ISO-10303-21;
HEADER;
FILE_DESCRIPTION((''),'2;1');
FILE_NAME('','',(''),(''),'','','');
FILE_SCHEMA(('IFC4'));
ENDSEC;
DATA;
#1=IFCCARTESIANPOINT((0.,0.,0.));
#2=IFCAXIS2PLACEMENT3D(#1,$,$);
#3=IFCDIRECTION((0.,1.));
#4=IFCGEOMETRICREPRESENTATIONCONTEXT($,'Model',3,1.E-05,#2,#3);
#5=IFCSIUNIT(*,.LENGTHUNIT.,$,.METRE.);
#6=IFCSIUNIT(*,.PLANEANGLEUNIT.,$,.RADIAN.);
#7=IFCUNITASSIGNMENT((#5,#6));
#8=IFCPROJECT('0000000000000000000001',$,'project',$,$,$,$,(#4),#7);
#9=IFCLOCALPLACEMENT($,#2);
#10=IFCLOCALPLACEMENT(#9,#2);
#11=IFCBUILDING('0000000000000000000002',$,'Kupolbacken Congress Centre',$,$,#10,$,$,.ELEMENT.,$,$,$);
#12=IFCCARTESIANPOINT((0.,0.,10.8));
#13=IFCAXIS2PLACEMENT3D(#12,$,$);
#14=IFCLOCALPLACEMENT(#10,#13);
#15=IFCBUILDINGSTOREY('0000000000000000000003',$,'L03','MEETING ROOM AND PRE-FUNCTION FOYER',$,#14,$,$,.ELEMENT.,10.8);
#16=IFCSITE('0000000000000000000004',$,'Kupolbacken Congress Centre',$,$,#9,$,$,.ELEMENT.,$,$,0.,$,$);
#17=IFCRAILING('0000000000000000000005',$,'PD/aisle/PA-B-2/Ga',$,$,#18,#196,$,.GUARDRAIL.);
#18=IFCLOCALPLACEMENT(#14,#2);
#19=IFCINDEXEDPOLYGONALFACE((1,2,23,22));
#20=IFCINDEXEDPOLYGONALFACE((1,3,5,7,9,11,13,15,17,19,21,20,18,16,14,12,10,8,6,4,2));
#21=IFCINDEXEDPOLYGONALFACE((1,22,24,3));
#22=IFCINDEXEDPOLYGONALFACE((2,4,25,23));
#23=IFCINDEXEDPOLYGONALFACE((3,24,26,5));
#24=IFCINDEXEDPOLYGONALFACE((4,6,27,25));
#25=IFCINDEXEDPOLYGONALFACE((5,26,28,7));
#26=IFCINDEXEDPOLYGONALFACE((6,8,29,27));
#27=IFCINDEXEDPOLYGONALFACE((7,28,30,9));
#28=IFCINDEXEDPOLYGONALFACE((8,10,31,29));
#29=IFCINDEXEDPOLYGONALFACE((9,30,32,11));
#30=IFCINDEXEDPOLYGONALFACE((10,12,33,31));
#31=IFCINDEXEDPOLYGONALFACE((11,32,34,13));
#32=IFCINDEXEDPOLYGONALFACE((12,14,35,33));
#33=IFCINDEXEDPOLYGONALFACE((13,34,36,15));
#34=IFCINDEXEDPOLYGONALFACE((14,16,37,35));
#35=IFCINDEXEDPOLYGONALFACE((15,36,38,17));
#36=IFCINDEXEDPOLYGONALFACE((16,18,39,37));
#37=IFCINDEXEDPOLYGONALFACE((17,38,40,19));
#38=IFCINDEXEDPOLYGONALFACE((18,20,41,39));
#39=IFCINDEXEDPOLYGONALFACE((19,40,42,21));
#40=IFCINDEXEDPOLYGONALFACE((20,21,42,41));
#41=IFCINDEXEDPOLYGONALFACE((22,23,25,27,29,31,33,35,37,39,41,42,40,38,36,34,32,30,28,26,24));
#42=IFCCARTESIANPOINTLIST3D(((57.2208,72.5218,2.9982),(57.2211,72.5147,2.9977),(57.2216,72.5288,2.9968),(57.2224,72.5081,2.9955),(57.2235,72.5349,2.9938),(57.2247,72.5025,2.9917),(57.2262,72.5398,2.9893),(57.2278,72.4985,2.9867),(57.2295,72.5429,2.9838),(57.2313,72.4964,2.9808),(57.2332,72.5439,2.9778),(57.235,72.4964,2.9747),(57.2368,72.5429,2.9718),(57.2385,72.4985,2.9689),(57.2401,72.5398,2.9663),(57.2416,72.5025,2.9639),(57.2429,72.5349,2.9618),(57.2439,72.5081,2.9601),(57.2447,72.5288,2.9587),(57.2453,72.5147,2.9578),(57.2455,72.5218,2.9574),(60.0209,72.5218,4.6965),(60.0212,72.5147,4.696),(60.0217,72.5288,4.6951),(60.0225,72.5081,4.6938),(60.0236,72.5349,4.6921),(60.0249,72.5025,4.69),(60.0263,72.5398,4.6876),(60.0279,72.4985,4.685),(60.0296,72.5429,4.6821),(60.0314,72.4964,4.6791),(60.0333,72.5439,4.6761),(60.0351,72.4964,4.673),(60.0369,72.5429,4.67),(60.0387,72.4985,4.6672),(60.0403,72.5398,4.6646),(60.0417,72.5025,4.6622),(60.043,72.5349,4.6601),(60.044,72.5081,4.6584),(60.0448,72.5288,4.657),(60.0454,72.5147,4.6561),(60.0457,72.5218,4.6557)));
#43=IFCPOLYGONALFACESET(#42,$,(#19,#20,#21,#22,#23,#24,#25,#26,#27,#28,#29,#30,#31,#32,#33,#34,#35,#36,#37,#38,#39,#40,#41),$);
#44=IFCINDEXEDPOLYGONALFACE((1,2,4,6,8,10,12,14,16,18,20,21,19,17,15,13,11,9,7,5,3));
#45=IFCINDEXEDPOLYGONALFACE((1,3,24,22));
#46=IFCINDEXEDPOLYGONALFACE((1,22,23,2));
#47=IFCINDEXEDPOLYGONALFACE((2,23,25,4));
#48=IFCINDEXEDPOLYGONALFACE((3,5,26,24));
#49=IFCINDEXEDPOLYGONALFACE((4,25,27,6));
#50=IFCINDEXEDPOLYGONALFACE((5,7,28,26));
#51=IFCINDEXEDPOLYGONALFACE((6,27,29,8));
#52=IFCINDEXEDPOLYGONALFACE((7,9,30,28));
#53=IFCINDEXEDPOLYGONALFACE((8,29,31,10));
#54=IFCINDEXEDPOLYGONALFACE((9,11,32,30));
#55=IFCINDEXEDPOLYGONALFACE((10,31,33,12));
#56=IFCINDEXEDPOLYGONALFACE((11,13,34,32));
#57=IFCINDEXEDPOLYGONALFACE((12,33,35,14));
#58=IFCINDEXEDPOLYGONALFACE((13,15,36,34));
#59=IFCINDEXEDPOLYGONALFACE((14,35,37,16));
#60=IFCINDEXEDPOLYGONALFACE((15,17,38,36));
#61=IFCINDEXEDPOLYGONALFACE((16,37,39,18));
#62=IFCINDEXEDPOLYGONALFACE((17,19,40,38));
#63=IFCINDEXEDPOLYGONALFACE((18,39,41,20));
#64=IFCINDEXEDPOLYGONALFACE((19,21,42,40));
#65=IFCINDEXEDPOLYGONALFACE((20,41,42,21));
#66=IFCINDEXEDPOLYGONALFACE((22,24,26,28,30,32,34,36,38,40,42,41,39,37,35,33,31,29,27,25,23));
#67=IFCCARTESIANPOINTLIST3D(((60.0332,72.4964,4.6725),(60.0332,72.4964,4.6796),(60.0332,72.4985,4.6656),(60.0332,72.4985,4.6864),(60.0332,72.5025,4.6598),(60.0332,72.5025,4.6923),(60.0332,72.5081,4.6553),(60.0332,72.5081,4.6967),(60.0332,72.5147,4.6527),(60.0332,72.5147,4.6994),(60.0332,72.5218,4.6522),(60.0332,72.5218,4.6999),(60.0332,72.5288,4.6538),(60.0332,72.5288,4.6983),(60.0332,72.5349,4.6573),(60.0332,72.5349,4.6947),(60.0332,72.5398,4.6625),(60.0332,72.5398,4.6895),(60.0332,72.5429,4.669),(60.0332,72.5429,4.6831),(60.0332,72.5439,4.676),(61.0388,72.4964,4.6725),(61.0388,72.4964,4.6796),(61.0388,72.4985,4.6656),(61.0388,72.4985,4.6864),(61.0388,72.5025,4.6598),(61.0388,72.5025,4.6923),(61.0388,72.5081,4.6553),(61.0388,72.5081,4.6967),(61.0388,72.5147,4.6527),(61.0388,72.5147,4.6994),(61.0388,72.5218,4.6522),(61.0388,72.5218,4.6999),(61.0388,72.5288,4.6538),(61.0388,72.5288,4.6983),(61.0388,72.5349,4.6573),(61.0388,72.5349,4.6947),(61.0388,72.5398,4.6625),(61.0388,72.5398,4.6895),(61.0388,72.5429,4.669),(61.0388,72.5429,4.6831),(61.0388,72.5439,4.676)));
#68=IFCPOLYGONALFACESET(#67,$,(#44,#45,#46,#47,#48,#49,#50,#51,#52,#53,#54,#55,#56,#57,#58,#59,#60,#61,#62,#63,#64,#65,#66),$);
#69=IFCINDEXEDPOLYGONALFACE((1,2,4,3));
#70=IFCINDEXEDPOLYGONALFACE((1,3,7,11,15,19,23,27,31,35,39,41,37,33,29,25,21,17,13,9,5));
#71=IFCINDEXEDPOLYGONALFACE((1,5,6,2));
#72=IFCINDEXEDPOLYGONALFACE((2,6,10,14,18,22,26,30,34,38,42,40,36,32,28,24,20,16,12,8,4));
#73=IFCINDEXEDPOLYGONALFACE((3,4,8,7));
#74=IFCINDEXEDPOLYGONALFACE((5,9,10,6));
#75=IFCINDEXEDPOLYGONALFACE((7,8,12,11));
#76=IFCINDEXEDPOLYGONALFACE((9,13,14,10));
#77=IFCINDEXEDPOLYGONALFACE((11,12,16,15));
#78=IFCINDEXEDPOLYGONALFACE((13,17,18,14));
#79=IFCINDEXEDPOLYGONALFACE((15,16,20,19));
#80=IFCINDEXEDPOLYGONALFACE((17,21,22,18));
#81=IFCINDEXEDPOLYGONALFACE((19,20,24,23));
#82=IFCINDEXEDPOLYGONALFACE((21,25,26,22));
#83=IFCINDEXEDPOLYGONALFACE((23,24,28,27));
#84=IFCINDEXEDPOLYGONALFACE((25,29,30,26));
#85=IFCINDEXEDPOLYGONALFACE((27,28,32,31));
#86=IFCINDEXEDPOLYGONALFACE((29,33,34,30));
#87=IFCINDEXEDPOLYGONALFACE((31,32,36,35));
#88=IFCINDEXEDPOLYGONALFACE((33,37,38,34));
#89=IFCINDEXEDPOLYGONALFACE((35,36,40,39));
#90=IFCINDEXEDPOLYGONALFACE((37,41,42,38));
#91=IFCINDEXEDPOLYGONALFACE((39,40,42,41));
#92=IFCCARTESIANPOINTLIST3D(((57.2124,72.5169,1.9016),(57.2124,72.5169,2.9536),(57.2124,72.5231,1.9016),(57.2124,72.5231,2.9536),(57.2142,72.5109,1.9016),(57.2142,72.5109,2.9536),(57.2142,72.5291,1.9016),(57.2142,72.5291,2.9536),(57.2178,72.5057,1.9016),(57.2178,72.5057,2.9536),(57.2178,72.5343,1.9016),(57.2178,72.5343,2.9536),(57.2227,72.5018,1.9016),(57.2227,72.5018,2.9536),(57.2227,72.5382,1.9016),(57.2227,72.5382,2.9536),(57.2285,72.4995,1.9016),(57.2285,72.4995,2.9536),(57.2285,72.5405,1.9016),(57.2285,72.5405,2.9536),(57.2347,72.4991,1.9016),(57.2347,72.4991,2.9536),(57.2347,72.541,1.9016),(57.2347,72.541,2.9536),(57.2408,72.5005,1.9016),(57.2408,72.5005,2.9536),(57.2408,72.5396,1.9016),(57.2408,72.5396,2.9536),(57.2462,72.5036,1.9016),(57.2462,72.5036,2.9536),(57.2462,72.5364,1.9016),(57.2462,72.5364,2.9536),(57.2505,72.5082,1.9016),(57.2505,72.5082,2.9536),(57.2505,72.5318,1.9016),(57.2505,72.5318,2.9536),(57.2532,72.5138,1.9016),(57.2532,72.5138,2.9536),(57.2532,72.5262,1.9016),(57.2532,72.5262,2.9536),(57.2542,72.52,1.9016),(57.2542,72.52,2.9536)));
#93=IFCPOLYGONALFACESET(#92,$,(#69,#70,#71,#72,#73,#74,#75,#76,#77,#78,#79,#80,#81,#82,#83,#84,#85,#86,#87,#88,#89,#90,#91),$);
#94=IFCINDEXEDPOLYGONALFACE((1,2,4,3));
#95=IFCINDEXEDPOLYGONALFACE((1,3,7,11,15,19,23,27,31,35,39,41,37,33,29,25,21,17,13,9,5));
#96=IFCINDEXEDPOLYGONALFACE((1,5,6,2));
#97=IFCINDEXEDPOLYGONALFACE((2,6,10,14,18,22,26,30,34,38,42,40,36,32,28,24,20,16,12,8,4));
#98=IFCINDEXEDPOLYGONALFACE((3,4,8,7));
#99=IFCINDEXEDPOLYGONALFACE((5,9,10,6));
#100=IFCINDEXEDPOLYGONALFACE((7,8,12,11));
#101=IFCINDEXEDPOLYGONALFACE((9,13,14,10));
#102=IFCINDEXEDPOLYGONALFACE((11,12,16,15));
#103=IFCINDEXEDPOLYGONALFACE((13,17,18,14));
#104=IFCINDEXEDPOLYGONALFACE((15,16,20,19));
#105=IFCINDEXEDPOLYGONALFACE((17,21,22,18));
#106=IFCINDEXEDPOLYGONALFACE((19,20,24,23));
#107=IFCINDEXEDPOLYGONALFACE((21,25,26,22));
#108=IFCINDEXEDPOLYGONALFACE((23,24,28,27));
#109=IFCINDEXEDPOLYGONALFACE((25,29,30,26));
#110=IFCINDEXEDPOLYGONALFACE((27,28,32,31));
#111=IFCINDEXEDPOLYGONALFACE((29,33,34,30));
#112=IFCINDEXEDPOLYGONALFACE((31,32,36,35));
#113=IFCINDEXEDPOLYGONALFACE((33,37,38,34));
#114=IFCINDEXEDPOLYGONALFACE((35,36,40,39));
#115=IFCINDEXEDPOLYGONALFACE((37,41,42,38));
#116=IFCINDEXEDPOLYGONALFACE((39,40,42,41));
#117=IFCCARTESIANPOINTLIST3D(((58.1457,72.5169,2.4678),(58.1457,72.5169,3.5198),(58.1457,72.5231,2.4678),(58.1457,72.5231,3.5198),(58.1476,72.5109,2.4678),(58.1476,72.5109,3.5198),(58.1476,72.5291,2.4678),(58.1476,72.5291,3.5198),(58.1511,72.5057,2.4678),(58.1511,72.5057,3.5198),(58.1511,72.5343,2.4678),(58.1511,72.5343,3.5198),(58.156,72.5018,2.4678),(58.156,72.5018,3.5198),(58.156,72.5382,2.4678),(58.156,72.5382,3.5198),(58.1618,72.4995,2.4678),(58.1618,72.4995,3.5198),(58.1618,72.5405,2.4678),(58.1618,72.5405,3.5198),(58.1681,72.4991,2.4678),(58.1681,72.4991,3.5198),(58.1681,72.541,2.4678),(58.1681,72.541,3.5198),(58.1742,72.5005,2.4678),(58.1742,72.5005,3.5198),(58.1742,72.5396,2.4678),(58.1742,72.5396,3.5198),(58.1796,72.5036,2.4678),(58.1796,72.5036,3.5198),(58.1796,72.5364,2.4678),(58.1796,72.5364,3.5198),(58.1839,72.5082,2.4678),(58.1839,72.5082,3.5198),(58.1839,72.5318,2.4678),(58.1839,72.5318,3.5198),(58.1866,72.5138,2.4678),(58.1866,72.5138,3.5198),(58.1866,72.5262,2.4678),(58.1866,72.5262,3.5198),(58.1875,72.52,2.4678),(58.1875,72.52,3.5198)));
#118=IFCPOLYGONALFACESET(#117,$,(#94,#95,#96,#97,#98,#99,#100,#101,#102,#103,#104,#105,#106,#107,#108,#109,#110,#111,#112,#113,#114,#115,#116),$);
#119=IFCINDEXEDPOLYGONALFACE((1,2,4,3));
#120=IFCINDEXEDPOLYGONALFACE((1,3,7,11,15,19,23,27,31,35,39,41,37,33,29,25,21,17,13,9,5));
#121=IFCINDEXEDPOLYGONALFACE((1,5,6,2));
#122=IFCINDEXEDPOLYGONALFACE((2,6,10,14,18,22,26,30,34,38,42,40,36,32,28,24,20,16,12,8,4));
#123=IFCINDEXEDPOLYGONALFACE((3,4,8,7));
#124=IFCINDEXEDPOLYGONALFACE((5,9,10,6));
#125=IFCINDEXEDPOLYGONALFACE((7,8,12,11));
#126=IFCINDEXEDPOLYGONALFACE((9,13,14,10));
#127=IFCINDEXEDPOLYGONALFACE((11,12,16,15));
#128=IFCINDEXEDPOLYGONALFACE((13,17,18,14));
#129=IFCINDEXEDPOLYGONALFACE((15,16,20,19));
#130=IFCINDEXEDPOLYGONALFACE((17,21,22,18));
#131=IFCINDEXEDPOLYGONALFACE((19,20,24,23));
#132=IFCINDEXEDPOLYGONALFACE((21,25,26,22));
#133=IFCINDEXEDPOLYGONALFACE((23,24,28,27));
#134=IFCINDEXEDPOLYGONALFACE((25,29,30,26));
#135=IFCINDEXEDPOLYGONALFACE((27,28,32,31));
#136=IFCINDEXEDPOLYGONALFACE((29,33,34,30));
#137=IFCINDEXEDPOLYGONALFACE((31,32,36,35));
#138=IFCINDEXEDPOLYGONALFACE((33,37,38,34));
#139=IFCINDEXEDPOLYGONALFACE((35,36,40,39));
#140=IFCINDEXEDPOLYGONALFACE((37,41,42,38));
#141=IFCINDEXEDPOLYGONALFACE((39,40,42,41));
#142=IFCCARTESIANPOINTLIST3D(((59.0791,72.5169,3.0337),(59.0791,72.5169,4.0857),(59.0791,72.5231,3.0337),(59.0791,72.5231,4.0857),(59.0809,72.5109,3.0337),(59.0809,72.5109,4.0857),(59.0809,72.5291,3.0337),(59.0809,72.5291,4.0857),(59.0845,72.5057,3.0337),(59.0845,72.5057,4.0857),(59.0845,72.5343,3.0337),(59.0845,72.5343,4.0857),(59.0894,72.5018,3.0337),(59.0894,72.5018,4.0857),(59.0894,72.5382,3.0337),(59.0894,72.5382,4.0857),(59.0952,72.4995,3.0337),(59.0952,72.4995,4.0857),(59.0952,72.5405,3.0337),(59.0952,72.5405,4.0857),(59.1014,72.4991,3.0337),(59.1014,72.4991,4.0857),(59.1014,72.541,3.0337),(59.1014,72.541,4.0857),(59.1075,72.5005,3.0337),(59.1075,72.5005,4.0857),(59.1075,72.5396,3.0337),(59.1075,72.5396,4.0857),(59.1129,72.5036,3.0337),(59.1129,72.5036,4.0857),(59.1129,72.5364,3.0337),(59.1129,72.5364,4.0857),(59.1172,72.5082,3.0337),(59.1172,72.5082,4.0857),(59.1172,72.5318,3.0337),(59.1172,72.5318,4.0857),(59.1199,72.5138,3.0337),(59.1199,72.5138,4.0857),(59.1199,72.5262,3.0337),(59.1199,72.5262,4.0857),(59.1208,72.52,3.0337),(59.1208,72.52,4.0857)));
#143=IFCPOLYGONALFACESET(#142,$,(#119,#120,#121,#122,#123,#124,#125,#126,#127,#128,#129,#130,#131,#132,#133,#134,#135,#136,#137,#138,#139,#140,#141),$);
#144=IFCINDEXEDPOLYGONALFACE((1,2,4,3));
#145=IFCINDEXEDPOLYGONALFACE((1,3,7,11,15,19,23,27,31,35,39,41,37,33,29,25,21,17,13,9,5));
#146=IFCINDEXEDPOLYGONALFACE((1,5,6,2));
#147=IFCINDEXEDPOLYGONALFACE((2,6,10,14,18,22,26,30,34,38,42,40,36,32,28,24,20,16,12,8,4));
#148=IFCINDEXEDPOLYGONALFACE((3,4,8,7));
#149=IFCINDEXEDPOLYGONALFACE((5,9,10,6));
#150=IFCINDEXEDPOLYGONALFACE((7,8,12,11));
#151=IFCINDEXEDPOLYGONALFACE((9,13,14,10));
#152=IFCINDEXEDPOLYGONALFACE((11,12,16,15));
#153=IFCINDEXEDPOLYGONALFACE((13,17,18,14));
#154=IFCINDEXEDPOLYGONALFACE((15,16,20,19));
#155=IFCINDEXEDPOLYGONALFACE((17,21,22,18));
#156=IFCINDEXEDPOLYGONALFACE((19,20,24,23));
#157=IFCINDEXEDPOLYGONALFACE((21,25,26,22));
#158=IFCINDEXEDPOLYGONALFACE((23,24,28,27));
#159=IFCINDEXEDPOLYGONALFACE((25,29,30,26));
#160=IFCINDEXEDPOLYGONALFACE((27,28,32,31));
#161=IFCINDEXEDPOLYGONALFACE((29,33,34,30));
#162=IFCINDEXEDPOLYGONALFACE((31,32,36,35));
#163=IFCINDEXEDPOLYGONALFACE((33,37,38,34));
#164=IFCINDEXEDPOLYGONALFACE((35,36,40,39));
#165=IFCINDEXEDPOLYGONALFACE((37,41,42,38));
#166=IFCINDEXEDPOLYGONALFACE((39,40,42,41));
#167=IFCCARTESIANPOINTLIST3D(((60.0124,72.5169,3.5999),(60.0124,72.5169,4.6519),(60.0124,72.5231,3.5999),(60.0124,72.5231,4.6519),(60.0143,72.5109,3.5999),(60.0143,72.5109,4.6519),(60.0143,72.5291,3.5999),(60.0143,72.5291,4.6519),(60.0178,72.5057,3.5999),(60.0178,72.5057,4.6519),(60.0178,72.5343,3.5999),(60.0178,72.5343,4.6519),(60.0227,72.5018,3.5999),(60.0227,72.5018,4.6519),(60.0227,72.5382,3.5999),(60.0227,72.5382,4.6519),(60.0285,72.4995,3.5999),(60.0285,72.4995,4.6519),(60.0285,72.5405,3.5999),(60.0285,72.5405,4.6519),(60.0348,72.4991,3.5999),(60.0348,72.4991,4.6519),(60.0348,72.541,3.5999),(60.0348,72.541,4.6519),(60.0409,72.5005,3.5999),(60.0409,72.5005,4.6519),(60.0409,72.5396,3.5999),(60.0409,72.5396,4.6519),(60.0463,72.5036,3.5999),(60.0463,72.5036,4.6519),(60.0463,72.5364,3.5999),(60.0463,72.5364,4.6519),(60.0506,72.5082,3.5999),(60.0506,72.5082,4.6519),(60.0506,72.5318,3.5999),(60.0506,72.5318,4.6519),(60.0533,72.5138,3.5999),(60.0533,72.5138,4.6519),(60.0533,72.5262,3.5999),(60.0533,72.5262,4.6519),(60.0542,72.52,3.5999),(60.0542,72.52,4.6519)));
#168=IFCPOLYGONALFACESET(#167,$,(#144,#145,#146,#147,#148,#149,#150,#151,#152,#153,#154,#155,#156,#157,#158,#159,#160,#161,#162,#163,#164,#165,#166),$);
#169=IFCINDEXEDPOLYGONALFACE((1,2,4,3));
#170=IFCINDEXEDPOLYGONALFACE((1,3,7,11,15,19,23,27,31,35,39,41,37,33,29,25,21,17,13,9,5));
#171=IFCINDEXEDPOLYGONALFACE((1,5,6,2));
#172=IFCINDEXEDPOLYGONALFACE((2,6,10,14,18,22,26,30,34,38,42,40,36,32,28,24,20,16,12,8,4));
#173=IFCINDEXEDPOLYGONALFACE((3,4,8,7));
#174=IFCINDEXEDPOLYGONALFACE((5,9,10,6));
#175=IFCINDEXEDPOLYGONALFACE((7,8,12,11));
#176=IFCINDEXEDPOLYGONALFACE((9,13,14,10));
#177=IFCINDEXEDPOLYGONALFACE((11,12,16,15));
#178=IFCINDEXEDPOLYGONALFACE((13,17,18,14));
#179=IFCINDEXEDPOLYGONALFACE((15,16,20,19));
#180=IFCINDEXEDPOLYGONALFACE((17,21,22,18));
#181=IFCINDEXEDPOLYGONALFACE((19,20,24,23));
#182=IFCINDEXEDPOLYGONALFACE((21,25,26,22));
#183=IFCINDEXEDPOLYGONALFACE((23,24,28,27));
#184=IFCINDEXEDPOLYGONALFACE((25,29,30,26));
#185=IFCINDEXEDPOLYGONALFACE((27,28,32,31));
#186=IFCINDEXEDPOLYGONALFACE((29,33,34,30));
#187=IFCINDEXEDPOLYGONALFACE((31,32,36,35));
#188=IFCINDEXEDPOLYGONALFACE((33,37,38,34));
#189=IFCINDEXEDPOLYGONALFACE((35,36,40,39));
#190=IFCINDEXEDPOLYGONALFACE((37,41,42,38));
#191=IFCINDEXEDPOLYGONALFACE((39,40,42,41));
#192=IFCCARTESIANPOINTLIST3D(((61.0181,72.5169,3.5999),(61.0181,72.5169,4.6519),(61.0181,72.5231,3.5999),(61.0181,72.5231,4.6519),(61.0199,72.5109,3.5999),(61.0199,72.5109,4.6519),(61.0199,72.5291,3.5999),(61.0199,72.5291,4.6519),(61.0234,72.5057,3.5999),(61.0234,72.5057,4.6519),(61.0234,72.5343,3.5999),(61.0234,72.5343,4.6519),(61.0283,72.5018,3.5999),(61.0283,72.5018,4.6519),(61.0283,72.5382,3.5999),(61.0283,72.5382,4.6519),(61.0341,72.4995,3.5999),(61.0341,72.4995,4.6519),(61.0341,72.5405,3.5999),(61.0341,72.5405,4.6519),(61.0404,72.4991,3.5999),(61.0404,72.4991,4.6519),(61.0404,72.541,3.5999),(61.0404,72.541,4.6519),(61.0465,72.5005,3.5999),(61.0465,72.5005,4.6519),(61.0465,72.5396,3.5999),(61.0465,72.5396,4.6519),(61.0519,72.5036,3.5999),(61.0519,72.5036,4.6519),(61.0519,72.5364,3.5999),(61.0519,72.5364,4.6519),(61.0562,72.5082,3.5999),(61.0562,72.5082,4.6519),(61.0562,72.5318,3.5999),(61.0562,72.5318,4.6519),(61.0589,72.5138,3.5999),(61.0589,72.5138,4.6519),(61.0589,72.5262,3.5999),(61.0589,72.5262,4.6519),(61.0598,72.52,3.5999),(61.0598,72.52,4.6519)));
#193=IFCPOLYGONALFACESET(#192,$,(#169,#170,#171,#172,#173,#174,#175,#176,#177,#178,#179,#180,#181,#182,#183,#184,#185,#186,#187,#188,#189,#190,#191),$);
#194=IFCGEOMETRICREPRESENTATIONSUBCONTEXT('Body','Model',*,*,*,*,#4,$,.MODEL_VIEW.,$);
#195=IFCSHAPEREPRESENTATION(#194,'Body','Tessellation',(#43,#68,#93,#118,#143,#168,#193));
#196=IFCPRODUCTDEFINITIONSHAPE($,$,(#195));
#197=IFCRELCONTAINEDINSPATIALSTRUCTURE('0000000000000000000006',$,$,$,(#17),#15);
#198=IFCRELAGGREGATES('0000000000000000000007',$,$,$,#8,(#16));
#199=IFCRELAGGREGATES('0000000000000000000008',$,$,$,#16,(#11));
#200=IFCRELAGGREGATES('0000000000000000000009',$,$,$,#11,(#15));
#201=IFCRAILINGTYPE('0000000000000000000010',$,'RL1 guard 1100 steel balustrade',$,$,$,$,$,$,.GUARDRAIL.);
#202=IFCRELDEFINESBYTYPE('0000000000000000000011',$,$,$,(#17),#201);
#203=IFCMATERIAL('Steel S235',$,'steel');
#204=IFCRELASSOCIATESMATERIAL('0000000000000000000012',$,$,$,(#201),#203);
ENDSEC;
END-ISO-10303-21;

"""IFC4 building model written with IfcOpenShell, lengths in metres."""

from ifc_helpers import new_model, si_unit, direction, frame, origin, origin_2d, place, context, subcontext, project, spatial, circle, extrude, material, type_object, element, save


model = new_model("IFC4")

# Units and contexts
model_context = context("Model", 3, precision=1e-05, world=origin(), true_north=direction((0.0, 1.0)))
body_context = subcontext(model_context, "Body", "Model", "MODEL_VIEW")
ifc_project = project(units=[si_unit("LENGTHUNIT", "METRE"), si_unit("PLANEANGLEUNIT", "RADIAN")], contexts=[model_context])

# Site, building, storey
site_placement = place(None, origin())
site = spatial("IfcSite", under=ifc_project, at=site_placement, Name="Kupolbacken Congress Centre", CompositionType="ELEMENT", RefElevation=0.0)
building_placement = place(site_placement, origin())
building = spatial("IfcBuilding", under=site, at=building_placement, Name="Kupolbacken Congress Centre", CompositionType="ELEMENT")
storey_placement = place(building_placement, frame((0.0, 0.0, 10.8)))
storey = spatial("IfcBuildingStorey", under=building, at=storey_placement, Name="L03", Description="MEETING ROOM AND PRE-FUNCTION FOYER", CompositionType="ELEMENT", Elevation=10.8)

# Railing
ifc_material_1 = material(Name="Steel S235", Category="steel")
railing_type_1 = type_object("IfcRailingType", Name="RL1 guard 1100 steel balustrade", PredefinedType="GUARDRAIL", material=ifc_material_1)
railing_1_placement = place(storey_placement, frame((57.2332, 72.52, 1.9016)))
element("IfcRailing", 1, at=railing_1_placement, inside=storey, type_object=railing_type_1, Name="PD/aisle/PA-B-2/Ga", PredefinedType="GUARDRAIL", context=body_context, shape_type="SweptSolid", body=[
    extrude(circle(Radius=0.0239, at=origin_2d()), frame((0.0, 0.0, 1.0762), z_axis=(0.85503, 0.0, 0.518579), x_axis=(0.0, 1.0, 0.0)), (0.0, 0.0, 1.0), 3.2749),
    extrude(circle(Radius=0.0239, at=origin_2d()), frame((2.8, 0.0, 2.7744), z_axis=(1.0, 0.0, 0.0), x_axis=(0.0, 1.0, 0.0)), (0.0, 0.0, 1.0), 1.0056),
    extrude(circle(Radius=0.021, at=origin_2d()), origin(), (0.0, 0.0, 1.0), 1.052),
    extrude(circle(Radius=0.021, at=origin_2d()), frame((0.9333, 0.0, 0.5662)), (0.0, 0.0, 1.0), 1.052),
    extrude(circle(Radius=0.021, at=origin_2d()), frame((1.8667, 0.0, 1.1321)), (0.0, 0.0, 1.0), 1.052),
    extrude(circle(Radius=0.021, at=origin_2d()), frame((2.8, 0.0, 1.6982)), (0.0, 0.0, 1.0), 1.052),
    extrude(circle(Radius=0.021, at=origin_2d()), frame((3.8057, 0.0, 1.6982)), (0.0, 0.0, 1.0), 1.052),
])

save(model, "model.ifc")
